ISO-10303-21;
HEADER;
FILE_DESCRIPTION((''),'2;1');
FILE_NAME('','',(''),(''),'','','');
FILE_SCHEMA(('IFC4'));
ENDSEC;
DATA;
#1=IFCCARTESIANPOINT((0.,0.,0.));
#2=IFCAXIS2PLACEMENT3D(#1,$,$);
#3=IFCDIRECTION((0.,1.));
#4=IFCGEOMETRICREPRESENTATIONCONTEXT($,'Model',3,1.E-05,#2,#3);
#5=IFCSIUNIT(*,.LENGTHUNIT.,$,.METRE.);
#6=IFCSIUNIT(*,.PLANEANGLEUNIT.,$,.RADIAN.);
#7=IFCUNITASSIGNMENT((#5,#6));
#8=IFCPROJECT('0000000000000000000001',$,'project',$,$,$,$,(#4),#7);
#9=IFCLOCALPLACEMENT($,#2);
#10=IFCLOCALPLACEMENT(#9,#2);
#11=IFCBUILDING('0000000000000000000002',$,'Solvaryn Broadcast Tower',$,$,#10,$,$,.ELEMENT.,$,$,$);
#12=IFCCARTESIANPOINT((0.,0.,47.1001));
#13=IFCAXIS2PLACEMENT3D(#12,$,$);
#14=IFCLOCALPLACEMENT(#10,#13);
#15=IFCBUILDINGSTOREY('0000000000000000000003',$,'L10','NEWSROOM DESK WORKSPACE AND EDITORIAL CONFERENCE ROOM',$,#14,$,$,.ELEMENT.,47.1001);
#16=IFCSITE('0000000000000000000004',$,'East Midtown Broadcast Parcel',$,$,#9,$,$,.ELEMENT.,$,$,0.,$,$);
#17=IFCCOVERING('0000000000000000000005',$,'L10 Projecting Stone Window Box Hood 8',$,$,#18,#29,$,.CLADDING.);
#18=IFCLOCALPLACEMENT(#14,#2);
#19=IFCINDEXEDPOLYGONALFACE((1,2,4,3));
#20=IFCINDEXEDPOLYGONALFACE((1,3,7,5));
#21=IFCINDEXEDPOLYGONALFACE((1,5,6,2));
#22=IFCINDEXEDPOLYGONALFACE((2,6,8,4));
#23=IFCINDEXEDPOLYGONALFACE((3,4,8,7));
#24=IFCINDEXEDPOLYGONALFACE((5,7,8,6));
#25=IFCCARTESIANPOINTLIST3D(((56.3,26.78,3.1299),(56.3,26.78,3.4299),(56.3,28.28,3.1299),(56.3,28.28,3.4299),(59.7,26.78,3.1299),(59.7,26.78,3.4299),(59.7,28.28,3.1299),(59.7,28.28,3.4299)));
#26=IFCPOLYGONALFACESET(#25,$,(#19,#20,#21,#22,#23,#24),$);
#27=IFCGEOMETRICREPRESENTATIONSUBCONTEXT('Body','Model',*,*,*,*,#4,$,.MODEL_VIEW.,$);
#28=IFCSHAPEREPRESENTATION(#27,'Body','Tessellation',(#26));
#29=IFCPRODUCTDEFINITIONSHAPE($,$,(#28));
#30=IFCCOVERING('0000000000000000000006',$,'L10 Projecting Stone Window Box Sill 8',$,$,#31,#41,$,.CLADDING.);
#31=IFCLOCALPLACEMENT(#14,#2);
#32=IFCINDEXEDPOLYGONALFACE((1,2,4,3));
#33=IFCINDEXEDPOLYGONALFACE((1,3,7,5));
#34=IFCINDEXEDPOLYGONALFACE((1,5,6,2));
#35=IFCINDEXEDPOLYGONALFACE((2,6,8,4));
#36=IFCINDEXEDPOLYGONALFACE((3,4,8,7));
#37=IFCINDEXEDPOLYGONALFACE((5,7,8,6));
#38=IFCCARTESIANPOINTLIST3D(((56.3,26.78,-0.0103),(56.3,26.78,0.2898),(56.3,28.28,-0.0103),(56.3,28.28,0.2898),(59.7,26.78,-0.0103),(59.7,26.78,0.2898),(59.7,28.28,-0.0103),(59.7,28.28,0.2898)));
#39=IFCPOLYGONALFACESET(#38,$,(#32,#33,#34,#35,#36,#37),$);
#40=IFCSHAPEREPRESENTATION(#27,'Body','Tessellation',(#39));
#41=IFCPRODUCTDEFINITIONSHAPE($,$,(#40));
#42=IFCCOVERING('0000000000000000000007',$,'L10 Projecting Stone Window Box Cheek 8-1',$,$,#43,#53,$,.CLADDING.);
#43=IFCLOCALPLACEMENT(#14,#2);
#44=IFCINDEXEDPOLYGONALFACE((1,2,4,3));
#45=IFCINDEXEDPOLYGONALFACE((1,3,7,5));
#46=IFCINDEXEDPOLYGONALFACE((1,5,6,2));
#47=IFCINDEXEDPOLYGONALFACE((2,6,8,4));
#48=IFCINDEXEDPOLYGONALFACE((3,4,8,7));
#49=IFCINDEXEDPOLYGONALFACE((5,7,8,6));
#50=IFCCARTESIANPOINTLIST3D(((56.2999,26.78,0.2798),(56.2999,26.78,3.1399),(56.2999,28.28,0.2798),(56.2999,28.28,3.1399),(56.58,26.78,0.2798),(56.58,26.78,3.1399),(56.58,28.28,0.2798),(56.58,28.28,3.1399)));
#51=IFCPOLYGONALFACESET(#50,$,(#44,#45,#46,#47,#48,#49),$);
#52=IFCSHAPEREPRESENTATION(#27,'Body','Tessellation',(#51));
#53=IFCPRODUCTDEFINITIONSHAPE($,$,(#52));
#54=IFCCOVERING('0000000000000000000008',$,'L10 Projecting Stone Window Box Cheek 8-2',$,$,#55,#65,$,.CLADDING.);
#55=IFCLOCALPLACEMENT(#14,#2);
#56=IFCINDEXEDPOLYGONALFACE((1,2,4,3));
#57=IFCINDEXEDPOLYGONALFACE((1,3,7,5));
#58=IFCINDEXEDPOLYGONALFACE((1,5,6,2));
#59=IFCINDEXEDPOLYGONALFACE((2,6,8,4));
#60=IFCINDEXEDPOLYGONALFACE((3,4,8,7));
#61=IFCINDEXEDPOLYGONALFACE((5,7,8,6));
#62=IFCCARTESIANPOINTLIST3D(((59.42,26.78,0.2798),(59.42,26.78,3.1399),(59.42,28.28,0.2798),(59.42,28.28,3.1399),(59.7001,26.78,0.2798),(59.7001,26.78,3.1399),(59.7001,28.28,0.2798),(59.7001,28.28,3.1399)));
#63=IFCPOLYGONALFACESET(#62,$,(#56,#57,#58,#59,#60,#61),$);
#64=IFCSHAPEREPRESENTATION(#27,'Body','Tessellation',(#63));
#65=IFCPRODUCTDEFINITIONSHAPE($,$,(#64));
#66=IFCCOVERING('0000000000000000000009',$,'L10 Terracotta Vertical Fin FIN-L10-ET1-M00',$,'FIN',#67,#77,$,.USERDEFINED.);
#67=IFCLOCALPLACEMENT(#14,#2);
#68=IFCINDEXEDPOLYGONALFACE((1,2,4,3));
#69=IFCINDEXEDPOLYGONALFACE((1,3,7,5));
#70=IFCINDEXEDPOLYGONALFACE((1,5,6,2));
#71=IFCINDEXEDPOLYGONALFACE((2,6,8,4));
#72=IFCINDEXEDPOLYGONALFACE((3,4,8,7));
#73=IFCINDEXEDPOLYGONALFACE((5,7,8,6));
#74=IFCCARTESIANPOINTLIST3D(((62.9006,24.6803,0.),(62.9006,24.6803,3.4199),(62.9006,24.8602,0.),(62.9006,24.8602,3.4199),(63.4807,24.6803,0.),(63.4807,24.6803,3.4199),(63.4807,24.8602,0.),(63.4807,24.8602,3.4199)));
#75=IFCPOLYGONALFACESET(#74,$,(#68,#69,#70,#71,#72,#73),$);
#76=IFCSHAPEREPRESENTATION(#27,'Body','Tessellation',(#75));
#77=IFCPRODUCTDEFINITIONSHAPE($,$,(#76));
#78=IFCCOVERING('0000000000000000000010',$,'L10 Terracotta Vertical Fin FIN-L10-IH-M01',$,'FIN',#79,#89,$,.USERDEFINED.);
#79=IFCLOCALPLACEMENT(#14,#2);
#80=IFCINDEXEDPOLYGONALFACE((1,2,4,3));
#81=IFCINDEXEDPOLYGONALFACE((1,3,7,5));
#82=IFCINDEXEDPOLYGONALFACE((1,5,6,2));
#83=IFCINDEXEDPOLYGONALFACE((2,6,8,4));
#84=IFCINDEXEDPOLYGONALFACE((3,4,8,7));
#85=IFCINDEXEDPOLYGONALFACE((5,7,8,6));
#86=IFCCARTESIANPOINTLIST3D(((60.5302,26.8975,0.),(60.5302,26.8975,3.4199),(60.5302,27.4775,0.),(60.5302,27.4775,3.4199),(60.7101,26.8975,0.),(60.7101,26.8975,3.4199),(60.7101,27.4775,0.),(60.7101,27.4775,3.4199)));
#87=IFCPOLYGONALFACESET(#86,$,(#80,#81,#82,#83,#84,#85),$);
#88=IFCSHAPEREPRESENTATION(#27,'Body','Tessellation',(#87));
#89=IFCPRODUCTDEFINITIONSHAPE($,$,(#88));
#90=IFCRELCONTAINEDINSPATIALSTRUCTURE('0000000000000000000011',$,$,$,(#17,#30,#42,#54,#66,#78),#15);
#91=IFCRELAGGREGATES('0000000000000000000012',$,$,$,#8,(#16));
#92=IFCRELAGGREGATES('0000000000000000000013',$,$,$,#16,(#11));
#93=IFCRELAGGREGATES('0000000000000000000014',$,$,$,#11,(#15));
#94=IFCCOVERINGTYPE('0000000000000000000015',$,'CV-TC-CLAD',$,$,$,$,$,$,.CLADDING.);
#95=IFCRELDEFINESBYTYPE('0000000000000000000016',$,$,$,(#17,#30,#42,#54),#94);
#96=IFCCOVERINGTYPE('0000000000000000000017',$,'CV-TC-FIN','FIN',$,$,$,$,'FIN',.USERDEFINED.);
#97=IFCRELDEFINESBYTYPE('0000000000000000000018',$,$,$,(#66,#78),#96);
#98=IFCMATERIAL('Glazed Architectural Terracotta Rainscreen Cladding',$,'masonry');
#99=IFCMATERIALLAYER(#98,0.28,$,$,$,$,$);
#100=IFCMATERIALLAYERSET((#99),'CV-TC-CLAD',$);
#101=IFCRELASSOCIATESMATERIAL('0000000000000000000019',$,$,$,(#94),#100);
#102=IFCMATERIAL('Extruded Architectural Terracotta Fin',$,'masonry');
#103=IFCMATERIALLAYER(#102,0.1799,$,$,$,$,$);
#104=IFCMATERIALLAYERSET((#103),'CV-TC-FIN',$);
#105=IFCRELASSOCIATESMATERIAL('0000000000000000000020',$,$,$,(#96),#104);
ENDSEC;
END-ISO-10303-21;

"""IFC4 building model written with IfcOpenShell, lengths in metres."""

from ifc_helpers import new_model, si_unit, direction, frame, origin, origin_2d, place, context, subcontext, project, spatial, rectangle, extrude, material, layer, layer_set, type_object, element, save


model = new_model("IFC4")

# Units and contexts
model_context = context("Model", 3, precision=1e-05, world=origin(), true_north=direction((0.0, 1.0)))
body_context = subcontext(model_context, "Body", "Model", "MODEL_VIEW")
ifc_project = project(units=[si_unit("LENGTHUNIT", "METRE"), si_unit("PLANEANGLEUNIT", "RADIAN")], contexts=[model_context])

# Site, building, storey
site_placement = place(None, origin())
site = spatial("IfcSite", under=ifc_project, at=site_placement, Name="East Midtown Broadcast Parcel", CompositionType="ELEMENT", RefElevation=0.0)
building_placement = place(site_placement, origin())
building = spatial("IfcBuilding", under=site, at=building_placement, Name="Solvaryn Broadcast Tower", CompositionType="ELEMENT")
storey_placement = place(building_placement, frame((0.0, 0.0, 47.1001)))
storey = spatial("IfcBuildingStorey", under=building, at=storey_placement, Name="L10", Description="NEWSROOM DESK WORKSPACE AND EDITORIAL CONFERENCE ROOM", CompositionType="ELEMENT", Elevation=47.1001)

# Coverings
ifc_material_1 = material(Name="Glazed Architectural Terracotta Rainscreen Cladding", Category="masonry")
ifc_layer_1 = layer(ifc_material_1, 0.28)
ifc_layer_set_1 = layer_set([ifc_layer_1], Name="CV-TC-CLAD")
covering_type_1 = type_object("IfcCoveringType", Name="CV-TC-CLAD", PredefinedType="CLADDING", material=ifc_layer_set_1)
for number, where, z_axis, x_axis, name in (
    (1, (58.0, 27.53, 3.1299), (0.0, 0.0, 1.0), (1.0, 0.0, 0.0), "L10 Projecting Stone Window Box Hood 8"),
    (2, (58.0, 27.53, -0.0103), (0.0, 0.0, 1.0), (1.0, 0.0, 0.0), "L10 Projecting Stone Window Box Sill 8"),
):
    element("IfcCovering", number, at=place(storey_placement, frame(where, z_axis=z_axis, x_axis=x_axis)), inside=storey, type_object=covering_type_1, Name=name, PredefinedType="CLADDING", context=body_context, shape_type="SweptSolid", body=[
        extrude(rectangle(XDim=3.3999, YDim=1.5, at=origin_2d()), origin(), (0.0, 0.0, 1.0), 0.3),
    ])
for number, where, z_axis, x_axis, name in (
    (3, (56.4399, 27.53, 0.2798), (0.0, 0.0, 1.0), (1.0, 0.0, 0.0), "L10 Projecting Stone Window Box Cheek 8-1"),
    (4, (59.5601, 27.53, 0.2798), (0.0, 0.0, 1.0), (1.0, 0.0, 0.0), "L10 Projecting Stone Window Box Cheek 8-2"),
):
    element("IfcCovering", number, at=place(storey_placement, frame(where, z_axis=z_axis, x_axis=x_axis)), inside=storey, type_object=covering_type_1, Name=name, PredefinedType="CLADDING", context=body_context, shape_type="SweptSolid", body=[
        extrude(rectangle(XDim=0.28, YDim=1.5, at=origin_2d()), origin(), (0.0, 0.0, 1.0), 2.8601),
    ])
ifc_material_2 = material(Name="Extruded Architectural Terracotta Fin", Category="masonry")
ifc_layer_2 = layer(ifc_material_2, 0.1799)
ifc_layer_set_2 = layer_set([ifc_layer_2], Name="CV-TC-FIN")
covering_type_2 = type_object("IfcCoveringType", Name="CV-TC-FIN", Description="FIN", ElementType="FIN", PredefinedType="USERDEFINED", material=ifc_layer_set_2)
covering_1_placement = place(storey_placement, frame((63.1907, 24.7703, 0.0), z_axis=(0.0, 0.0, 1.0), x_axis=(1.0, 0.0, 0.0)))
element("IfcCovering", 5, at=covering_1_placement, inside=storey, type_object=covering_type_2, Name="L10 Terracotta Vertical Fin FIN-L10-ET1-M00", ObjectType="FIN", PredefinedType="USERDEFINED", context=body_context, shape_type="SweptSolid", body=[
    extrude(rectangle(XDim=0.5801, YDim=0.1799, at=origin_2d()), origin(), (0.0, 0.0, 1.0), 3.4199),
])
covering_2_placement = place(storey_placement, frame((60.6201, 27.1875, 0.0), z_axis=(0.0, 0.0, 1.0), x_axis=(1.0, 0.0, 0.0)))
element("IfcCovering", 6, at=covering_2_placement, inside=storey, type_object=covering_type_2, Name="L10 Terracotta Vertical Fin FIN-L10-IH-M01", ObjectType="FIN", PredefinedType="USERDEFINED", context=body_context, shape_type="SweptSolid", body=[
    extrude(rectangle(XDim=0.1799, YDim=0.5801, at=origin_2d()), origin(), (0.0, 0.0, 1.0), 3.4199),
])

save(model, "model.ifc")
